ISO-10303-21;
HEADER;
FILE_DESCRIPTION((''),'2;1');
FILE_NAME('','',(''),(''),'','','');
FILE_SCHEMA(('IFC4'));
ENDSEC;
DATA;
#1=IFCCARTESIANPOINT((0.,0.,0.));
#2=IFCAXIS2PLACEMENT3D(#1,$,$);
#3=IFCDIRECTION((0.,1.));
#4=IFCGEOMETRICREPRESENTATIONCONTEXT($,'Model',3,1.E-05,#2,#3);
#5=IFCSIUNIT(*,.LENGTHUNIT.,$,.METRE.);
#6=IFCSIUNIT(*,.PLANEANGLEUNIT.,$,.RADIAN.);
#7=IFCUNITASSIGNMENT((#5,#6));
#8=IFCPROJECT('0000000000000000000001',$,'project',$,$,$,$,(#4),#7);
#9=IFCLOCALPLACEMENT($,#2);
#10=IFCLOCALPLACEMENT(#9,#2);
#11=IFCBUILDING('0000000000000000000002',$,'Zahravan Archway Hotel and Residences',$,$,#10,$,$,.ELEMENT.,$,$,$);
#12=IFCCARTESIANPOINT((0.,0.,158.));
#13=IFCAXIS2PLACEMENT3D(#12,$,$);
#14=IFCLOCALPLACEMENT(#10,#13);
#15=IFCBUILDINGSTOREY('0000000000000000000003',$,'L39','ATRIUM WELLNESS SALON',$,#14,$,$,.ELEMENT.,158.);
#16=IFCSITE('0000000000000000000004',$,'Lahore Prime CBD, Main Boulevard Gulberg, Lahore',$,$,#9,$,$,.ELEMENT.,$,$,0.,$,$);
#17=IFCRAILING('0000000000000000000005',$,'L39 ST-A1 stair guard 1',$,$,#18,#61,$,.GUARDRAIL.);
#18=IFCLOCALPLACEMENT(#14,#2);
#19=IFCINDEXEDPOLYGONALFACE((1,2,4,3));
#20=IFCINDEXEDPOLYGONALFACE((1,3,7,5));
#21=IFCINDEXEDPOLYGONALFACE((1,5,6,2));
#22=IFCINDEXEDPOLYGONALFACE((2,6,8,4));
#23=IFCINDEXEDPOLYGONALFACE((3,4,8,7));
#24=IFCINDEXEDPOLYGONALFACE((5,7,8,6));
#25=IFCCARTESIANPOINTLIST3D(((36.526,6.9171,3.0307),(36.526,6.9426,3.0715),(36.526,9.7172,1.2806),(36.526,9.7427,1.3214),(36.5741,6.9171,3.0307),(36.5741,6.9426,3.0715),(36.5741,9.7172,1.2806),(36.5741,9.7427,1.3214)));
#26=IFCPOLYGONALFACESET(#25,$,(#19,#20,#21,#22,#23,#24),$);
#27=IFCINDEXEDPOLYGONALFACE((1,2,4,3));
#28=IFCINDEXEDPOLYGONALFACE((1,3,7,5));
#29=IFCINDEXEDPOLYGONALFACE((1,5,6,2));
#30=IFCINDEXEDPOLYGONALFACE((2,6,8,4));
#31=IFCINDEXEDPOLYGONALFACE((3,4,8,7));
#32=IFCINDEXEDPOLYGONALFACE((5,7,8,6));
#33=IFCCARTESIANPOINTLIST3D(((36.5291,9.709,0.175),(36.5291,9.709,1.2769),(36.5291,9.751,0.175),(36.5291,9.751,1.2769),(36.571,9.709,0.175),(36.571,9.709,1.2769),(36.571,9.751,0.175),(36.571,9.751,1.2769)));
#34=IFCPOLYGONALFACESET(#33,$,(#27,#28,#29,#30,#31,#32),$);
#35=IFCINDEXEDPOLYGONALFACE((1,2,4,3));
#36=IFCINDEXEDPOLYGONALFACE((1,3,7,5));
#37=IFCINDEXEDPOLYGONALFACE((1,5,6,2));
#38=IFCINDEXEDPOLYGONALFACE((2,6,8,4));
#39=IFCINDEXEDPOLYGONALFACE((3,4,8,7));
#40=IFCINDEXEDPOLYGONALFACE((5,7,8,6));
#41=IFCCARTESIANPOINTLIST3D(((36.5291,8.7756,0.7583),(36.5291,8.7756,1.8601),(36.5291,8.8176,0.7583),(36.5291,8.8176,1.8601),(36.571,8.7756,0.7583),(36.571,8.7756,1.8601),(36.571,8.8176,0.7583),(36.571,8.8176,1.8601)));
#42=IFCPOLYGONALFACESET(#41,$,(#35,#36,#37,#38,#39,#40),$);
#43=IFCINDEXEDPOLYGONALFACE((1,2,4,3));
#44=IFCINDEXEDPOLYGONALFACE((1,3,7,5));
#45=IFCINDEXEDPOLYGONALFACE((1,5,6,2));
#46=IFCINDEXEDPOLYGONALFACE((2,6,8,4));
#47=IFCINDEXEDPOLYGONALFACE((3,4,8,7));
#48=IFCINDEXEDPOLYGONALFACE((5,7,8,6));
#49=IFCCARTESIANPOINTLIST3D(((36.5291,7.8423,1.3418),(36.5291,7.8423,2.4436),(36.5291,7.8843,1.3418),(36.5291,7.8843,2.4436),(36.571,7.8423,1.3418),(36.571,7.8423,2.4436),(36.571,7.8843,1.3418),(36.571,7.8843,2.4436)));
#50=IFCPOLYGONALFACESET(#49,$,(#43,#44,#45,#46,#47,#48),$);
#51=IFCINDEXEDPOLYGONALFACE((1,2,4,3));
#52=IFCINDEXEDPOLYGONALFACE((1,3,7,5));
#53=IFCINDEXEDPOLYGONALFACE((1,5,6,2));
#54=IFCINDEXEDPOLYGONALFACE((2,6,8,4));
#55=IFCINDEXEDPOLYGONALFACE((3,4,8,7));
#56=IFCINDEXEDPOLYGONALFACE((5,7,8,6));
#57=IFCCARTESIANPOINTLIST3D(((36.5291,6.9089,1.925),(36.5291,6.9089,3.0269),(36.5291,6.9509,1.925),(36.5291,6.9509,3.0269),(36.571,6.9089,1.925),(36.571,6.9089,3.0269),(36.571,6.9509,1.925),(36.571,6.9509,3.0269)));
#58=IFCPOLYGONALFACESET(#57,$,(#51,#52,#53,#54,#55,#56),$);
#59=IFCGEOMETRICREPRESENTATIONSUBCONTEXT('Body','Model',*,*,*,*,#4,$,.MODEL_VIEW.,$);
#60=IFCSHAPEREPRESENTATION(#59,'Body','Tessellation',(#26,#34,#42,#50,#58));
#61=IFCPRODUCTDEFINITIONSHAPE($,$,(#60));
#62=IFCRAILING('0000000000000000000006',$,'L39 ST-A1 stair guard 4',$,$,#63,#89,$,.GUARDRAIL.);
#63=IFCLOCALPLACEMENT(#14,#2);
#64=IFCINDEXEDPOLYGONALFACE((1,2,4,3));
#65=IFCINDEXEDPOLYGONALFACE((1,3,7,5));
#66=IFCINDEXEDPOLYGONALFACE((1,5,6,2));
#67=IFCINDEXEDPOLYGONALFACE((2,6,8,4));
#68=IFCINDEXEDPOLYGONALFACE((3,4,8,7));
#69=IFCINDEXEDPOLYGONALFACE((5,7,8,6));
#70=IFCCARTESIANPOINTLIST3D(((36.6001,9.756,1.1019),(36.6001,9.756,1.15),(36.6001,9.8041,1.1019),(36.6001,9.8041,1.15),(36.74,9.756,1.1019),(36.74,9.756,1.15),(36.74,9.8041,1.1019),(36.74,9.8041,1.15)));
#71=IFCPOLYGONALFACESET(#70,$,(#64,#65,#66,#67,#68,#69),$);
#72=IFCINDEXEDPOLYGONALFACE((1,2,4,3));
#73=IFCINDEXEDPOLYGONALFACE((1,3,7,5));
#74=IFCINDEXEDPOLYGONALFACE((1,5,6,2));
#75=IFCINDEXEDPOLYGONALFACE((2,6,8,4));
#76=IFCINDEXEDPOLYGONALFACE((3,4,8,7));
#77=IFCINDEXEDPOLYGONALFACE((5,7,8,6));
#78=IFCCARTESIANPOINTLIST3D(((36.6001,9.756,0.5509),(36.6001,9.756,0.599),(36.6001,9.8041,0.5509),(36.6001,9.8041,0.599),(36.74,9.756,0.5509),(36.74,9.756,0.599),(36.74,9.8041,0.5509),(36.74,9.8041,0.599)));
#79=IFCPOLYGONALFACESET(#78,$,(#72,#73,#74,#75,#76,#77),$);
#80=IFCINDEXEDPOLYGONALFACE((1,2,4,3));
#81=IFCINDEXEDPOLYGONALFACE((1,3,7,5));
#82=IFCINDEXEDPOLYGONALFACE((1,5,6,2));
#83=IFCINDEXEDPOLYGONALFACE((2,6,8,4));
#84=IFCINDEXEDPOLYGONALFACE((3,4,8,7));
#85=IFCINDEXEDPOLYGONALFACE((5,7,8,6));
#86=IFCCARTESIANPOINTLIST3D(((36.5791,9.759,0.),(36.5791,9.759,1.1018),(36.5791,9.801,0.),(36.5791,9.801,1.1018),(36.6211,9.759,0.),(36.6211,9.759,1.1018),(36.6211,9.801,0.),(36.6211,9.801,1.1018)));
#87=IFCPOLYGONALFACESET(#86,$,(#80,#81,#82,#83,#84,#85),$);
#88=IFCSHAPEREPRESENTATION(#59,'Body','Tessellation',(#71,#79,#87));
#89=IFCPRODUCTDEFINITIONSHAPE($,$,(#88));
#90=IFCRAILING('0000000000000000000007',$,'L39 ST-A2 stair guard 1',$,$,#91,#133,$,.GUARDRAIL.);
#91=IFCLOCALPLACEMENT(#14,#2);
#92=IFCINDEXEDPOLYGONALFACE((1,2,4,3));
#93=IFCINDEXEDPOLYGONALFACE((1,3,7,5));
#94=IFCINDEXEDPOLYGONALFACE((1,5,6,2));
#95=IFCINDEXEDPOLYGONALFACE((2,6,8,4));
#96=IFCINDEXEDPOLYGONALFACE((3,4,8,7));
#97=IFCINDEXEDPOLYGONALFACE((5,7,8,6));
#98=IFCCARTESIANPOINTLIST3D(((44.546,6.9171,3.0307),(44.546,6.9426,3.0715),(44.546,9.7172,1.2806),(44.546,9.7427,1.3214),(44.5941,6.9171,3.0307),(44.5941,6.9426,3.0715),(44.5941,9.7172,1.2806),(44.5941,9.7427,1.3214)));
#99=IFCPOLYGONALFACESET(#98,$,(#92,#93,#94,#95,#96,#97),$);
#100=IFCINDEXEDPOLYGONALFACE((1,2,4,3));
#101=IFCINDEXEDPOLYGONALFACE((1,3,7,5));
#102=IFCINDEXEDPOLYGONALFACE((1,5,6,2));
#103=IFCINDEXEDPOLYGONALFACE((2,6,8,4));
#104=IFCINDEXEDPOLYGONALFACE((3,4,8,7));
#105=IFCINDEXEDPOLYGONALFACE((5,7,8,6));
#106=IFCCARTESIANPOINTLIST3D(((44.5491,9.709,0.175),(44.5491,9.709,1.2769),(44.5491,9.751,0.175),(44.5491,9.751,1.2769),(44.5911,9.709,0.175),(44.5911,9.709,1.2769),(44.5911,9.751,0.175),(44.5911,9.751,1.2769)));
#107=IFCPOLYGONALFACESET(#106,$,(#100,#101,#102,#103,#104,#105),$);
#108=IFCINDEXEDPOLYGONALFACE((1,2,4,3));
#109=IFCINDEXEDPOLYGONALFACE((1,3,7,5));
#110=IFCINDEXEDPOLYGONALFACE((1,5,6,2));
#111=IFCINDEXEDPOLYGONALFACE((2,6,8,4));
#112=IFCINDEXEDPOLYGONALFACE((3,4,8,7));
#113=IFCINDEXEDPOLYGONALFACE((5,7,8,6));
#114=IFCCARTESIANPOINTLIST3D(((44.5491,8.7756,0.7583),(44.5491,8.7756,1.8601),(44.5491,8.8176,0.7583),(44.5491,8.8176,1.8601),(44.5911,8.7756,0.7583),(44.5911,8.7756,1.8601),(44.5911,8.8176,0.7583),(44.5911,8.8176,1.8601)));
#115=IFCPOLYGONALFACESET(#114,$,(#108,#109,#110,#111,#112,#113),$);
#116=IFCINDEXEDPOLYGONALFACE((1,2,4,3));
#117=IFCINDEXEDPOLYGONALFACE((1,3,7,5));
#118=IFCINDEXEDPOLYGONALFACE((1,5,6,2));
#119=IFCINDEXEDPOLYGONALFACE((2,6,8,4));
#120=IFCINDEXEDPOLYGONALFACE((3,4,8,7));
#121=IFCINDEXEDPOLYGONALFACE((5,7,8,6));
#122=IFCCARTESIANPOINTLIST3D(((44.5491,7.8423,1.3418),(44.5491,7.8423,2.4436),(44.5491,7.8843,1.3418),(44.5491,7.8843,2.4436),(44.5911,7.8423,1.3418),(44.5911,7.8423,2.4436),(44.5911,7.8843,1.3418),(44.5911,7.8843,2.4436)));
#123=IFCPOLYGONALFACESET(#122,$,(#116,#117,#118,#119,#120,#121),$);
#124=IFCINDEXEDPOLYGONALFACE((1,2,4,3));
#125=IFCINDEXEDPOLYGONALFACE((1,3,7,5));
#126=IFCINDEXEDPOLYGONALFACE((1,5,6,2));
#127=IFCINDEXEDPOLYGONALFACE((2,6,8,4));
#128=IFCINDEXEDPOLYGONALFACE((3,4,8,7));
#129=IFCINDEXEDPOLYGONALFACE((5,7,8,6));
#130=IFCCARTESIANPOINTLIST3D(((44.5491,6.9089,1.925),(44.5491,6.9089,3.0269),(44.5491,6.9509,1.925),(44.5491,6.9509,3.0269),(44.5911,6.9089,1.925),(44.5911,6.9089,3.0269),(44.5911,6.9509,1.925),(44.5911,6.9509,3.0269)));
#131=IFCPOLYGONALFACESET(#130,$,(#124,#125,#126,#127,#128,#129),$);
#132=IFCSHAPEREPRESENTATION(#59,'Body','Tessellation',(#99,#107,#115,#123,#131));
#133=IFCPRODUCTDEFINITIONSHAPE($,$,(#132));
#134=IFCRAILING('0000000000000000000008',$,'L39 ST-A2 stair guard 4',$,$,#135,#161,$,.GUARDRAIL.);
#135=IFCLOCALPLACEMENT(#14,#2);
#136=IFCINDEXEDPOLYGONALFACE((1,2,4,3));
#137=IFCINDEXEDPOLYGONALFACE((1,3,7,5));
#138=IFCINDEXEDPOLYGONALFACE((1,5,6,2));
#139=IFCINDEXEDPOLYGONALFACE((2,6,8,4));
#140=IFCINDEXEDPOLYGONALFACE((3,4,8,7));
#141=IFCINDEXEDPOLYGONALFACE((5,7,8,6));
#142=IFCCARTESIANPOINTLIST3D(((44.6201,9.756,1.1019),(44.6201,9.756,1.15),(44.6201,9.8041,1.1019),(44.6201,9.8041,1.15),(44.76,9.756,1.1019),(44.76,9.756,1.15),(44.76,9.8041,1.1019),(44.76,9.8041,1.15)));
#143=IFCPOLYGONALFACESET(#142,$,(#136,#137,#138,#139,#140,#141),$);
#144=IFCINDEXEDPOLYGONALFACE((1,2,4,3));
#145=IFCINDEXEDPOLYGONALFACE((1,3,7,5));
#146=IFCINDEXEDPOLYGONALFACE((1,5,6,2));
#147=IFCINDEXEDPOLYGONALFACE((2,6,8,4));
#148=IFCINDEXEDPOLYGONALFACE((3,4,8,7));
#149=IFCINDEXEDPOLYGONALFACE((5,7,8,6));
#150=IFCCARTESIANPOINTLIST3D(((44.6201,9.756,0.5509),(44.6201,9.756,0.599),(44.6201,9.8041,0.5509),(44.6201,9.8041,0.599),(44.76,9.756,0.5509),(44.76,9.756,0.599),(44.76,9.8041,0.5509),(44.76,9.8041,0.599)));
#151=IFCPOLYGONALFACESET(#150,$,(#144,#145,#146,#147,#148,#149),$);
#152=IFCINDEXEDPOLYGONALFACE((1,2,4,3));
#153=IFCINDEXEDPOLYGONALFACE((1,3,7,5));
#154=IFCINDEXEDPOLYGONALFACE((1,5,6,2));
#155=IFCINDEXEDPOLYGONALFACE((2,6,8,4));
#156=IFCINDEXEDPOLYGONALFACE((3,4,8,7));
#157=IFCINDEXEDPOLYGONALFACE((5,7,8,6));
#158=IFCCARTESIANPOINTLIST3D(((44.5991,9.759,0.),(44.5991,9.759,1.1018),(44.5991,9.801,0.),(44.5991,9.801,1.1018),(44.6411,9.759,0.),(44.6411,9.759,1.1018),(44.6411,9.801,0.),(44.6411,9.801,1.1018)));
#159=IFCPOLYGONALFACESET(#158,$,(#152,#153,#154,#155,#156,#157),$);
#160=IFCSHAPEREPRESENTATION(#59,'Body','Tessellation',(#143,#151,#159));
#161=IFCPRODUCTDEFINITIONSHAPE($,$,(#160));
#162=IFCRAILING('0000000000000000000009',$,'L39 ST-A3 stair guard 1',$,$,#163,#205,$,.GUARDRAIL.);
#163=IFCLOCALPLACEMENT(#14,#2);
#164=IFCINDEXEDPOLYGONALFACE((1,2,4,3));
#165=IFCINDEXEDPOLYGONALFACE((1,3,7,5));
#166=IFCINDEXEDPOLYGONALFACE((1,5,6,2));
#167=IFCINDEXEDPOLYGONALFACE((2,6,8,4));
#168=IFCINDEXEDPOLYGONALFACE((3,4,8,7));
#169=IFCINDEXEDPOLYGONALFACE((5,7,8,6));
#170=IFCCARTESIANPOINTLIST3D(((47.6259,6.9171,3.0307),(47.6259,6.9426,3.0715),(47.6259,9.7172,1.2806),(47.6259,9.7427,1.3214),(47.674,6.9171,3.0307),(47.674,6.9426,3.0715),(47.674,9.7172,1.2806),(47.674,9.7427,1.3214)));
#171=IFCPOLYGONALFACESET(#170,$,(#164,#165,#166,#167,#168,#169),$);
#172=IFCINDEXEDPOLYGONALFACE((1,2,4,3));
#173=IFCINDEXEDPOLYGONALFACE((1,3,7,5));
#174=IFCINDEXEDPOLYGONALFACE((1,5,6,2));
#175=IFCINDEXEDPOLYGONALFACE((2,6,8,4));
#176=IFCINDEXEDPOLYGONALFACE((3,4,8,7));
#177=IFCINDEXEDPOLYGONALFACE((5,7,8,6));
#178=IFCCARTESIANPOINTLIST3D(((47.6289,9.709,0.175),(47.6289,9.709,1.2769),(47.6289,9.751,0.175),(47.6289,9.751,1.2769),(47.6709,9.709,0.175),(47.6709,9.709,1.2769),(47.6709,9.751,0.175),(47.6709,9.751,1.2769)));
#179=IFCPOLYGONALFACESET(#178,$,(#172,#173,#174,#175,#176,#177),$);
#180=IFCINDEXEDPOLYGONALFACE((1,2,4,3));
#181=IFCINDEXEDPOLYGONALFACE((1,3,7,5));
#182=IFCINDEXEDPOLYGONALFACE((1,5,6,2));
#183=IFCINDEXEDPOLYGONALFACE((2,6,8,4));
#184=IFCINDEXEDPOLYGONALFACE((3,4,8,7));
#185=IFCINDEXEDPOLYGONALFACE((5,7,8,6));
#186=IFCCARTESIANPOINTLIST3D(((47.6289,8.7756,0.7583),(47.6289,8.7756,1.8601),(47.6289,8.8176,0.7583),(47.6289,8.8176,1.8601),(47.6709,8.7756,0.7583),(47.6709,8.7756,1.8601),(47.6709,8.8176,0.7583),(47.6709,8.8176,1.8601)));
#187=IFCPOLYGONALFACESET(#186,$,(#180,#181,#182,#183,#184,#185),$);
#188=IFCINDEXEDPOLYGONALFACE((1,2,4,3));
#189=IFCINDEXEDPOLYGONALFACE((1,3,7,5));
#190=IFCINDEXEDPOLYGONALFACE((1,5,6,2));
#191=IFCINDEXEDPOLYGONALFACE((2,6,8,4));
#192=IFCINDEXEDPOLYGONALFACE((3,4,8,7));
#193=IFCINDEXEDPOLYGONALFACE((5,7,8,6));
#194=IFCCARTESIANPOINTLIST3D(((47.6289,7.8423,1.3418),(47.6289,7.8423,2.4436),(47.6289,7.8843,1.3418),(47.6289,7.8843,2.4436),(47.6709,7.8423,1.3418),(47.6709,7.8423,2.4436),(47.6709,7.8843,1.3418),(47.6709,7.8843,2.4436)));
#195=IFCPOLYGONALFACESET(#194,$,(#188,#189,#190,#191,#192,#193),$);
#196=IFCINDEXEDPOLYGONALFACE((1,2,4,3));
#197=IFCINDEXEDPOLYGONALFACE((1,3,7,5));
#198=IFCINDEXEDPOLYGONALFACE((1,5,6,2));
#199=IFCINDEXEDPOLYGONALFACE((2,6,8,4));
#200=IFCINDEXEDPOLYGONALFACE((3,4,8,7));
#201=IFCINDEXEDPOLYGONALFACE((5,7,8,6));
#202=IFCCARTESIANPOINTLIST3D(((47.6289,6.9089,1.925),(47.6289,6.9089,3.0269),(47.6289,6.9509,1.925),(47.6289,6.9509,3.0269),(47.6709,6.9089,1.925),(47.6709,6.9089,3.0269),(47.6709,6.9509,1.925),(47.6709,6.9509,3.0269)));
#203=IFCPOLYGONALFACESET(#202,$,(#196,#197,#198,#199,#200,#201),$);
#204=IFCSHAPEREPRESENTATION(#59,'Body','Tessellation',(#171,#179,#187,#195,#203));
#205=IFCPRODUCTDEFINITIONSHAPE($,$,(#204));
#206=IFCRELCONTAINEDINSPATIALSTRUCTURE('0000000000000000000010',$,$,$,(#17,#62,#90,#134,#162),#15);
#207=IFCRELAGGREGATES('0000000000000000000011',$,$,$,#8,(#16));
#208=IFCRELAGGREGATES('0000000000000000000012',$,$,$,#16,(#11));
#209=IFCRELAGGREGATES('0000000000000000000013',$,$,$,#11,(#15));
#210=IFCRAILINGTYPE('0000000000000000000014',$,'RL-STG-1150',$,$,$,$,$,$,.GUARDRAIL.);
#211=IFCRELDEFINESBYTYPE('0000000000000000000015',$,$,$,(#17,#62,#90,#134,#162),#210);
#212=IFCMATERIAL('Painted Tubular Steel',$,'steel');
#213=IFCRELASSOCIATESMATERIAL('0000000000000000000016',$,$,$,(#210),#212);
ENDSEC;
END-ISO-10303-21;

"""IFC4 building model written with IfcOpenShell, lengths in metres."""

from ifc_helpers import new_model, si_unit, direction, frame, origin, origin_2d, place, context, subcontext, project, spatial, rectangle, extrude, material, type_object, element, save


model = new_model("IFC4")

# Units and contexts
model_context = context("Model", 3, precision=1e-05, world=origin(), true_north=direction((0.0, 1.0)))
body_context = subcontext(model_context, "Body", "Model", "MODEL_VIEW")
ifc_project = project(units=[si_unit("LENGTHUNIT", "METRE"), si_unit("PLANEANGLEUNIT", "RADIAN")], contexts=[model_context])

# Site, building, storey
site_placement = place(None, origin())
site = spatial("IfcSite", under=ifc_project, at=site_placement, Name="Lahore Prime CBD, Main Boulevard Gulberg, Lahore", CompositionType="ELEMENT", RefElevation=0.0)
building_placement = place(site_placement, origin())
building = spatial("IfcBuilding", under=site, at=building_placement, Name="Zahravan Archway Hotel and Residences", CompositionType="ELEMENT")
storey_placement = place(building_placement, frame((0.0, 0.0, 158.0)))
storey = spatial("IfcBuildingStorey", under=building, at=storey_placement, Name="L39", Description="ATRIUM WELLNESS SALON", CompositionType="ELEMENT", Elevation=158.0)

# Railings
ifc_material_1 = material(Name="Painted Tubular Steel", Category="steel")
railing_type_1 = type_object("IfcRailingType", Name="RL-STG-1150", PredefinedType="GUARDRAIL", material=ifc_material_1)
railing_1_placement = place(storey_placement, frame((36.55, 9.73, 0.175)))
element("IfcRailing", 1, at=railing_1_placement, inside=storey, type_object=railing_type_1, Name="L39 ST-A1 stair guard 1", PredefinedType="GUARDRAIL", context=body_context, shape_type="SweptSolid", body=[
    extrude(rectangle(XDim=0.0481, YDim=0.0481, at=origin_2d()), frame((0.0, 0.0, 1.126), z_axis=(0.0, -0.848002, 0.529992), x_axis=(1.0, 0.0, 0.0)), (0.0, 0.0, 1.0), 3.302),
    extrude(rectangle(XDim=0.042, YDim=0.042, at=origin_2d()), origin(), (0.0, 0.0, 1.0), 1.1018),
    extrude(rectangle(XDim=0.042, YDim=0.042, at=origin_2d()), frame((0.0, -0.9333, 0.5833)), (0.0, 0.0, 1.0), 1.1018),
    extrude(rectangle(XDim=0.042, YDim=0.042, at=origin_2d()), frame((0.0, -1.8667, 1.1667)), (0.0, 0.0, 1.0), 1.1018),
    extrude(rectangle(XDim=0.042, YDim=0.042, at=origin_2d()), frame((0.0, -2.8, 1.75)), (0.0, 0.0, 1.0), 1.1018),
])
railing_2_placement = place(storey_placement, frame((36.6001, 9.78, 0.0)))
element("IfcRailing", 2, at=railing_2_placement, inside=storey, type_object=railing_type_1, Name="L39 ST-A1 stair guard 4", PredefinedType="GUARDRAIL", context=body_context, shape_type="SweptSolid", body=[
    extrude(rectangle(XDim=0.0481, YDim=0.0481, at=origin_2d()), frame((0.0, 0.0, 1.126), z_axis=(1.0, 0.0, 0.0), x_axis=(0.0, 1.0, 0.0)), (0.0, 0.0, 1.0), 0.1399),
    extrude(rectangle(XDim=0.0481, YDim=0.0481, at=origin_2d()), frame((0.0, 0.0, 0.575), z_axis=(1.0, 0.0, 0.0), x_axis=(0.0, 1.0, 0.0)), (0.0, 0.0, 1.0), 0.1399),
    extrude(rectangle(XDim=0.042, YDim=0.042, at=origin_2d()), origin(), (0.0, 0.0, 1.0), 1.1018),
])
railing_3_placement = place(storey_placement, frame((44.5701, 9.73, 0.175)))
element("IfcRailing", 3, at=railing_3_placement, inside=storey, type_object=railing_type_1, Name="L39 ST-A2 stair guard 1", PredefinedType="GUARDRAIL", context=body_context, shape_type="SweptSolid", body=[
    extrude(rectangle(XDim=0.0481, YDim=0.0481, at=origin_2d()), frame((0.0, 0.0, 1.126), z_axis=(0.0, -0.848002, 0.529992), x_axis=(1.0, 0.0, 0.0)), (0.0, 0.0, 1.0), 3.302),
    extrude(rectangle(XDim=0.042, YDim=0.042, at=origin_2d()), origin(), (0.0, 0.0, 1.0), 1.1018),
    extrude(rectangle(XDim=0.042, YDim=0.042, at=origin_2d()), frame((0.0, -0.9333, 0.5833)), (0.0, 0.0, 1.0), 1.1018),
    extrude(rectangle(XDim=0.042, YDim=0.042, at=origin_2d()), frame((0.0, -1.8667, 1.1667)), (0.0, 0.0, 1.0), 1.1018),
    extrude(rectangle(XDim=0.042, YDim=0.042, at=origin_2d()), frame((0.0, -2.8, 1.75)), (0.0, 0.0, 1.0), 1.1018),
])
railing_4_placement = place(storey_placement, frame((44.6201, 9.78, 0.0)))
element("IfcRailing", 4, at=railing_4_placement, inside=storey, type_object=railing_type_1, Name="L39 ST-A2 stair guard 4", PredefinedType="GUARDRAIL", context=body_context, shape_type="SweptSolid", body=[
    extrude(rectangle(XDim=0.0481, YDim=0.0481, at=origin_2d()), frame((0.0, 0.0, 1.126), z_axis=(1.0, 0.0, 0.0), x_axis=(0.0, 1.0, 0.0)), (0.0, 0.0, 1.0), 0.1399),
    extrude(rectangle(XDim=0.0481, YDim=0.0481, at=origin_2d()), frame((0.0, 0.0, 0.575), z_axis=(1.0, 0.0, 0.0), x_axis=(0.0, 1.0, 0.0)), (0.0, 0.0, 1.0), 0.1399),
    extrude(rectangle(XDim=0.042, YDim=0.042, at=origin_2d()), origin(), (0.0, 0.0, 1.0), 1.1018),
])
railing_5_placement = place(storey_placement, frame((47.6499, 9.73, 0.175)))
element("IfcRailing", 5, at=railing_5_placement, inside=storey, type_object=railing_type_1, Name="L39 ST-A3 stair guard 1", PredefinedType="GUARDRAIL", context=body_context, shape_type="SweptSolid", body=[
    extrude(rectangle(XDim=0.0481, YDim=0.0481, at=origin_2d()), frame((0.0, 0.0, 1.126), z_axis=(0.0, -0.848002, 0.529992), x_axis=(1.0, 0.0, 0.0)), (0.0, 0.0, 1.0), 3.302),
    extrude(rectangle(XDim=0.042, YDim=0.042, at=origin_2d()), origin(), (0.0, 0.0, 1.0), 1.1018),
    extrude(rectangle(XDim=0.042, YDim=0.042, at=origin_2d()), frame((0.0, -0.9333, 0.5833)), (0.0, 0.0, 1.0), 1.1018),
    extrude(rectangle(XDim=0.042, YDim=0.042, at=origin_2d()), frame((0.0, -1.8667, 1.1667)), (0.0, 0.0, 1.0), 1.1018),
    extrude(rectangle(XDim=0.042, YDim=0.042, at=origin_2d()), frame((0.0, -2.8, 1.75)), (0.0, 0.0, 1.0), 1.1018),
])

save(model, "model.ifc")
